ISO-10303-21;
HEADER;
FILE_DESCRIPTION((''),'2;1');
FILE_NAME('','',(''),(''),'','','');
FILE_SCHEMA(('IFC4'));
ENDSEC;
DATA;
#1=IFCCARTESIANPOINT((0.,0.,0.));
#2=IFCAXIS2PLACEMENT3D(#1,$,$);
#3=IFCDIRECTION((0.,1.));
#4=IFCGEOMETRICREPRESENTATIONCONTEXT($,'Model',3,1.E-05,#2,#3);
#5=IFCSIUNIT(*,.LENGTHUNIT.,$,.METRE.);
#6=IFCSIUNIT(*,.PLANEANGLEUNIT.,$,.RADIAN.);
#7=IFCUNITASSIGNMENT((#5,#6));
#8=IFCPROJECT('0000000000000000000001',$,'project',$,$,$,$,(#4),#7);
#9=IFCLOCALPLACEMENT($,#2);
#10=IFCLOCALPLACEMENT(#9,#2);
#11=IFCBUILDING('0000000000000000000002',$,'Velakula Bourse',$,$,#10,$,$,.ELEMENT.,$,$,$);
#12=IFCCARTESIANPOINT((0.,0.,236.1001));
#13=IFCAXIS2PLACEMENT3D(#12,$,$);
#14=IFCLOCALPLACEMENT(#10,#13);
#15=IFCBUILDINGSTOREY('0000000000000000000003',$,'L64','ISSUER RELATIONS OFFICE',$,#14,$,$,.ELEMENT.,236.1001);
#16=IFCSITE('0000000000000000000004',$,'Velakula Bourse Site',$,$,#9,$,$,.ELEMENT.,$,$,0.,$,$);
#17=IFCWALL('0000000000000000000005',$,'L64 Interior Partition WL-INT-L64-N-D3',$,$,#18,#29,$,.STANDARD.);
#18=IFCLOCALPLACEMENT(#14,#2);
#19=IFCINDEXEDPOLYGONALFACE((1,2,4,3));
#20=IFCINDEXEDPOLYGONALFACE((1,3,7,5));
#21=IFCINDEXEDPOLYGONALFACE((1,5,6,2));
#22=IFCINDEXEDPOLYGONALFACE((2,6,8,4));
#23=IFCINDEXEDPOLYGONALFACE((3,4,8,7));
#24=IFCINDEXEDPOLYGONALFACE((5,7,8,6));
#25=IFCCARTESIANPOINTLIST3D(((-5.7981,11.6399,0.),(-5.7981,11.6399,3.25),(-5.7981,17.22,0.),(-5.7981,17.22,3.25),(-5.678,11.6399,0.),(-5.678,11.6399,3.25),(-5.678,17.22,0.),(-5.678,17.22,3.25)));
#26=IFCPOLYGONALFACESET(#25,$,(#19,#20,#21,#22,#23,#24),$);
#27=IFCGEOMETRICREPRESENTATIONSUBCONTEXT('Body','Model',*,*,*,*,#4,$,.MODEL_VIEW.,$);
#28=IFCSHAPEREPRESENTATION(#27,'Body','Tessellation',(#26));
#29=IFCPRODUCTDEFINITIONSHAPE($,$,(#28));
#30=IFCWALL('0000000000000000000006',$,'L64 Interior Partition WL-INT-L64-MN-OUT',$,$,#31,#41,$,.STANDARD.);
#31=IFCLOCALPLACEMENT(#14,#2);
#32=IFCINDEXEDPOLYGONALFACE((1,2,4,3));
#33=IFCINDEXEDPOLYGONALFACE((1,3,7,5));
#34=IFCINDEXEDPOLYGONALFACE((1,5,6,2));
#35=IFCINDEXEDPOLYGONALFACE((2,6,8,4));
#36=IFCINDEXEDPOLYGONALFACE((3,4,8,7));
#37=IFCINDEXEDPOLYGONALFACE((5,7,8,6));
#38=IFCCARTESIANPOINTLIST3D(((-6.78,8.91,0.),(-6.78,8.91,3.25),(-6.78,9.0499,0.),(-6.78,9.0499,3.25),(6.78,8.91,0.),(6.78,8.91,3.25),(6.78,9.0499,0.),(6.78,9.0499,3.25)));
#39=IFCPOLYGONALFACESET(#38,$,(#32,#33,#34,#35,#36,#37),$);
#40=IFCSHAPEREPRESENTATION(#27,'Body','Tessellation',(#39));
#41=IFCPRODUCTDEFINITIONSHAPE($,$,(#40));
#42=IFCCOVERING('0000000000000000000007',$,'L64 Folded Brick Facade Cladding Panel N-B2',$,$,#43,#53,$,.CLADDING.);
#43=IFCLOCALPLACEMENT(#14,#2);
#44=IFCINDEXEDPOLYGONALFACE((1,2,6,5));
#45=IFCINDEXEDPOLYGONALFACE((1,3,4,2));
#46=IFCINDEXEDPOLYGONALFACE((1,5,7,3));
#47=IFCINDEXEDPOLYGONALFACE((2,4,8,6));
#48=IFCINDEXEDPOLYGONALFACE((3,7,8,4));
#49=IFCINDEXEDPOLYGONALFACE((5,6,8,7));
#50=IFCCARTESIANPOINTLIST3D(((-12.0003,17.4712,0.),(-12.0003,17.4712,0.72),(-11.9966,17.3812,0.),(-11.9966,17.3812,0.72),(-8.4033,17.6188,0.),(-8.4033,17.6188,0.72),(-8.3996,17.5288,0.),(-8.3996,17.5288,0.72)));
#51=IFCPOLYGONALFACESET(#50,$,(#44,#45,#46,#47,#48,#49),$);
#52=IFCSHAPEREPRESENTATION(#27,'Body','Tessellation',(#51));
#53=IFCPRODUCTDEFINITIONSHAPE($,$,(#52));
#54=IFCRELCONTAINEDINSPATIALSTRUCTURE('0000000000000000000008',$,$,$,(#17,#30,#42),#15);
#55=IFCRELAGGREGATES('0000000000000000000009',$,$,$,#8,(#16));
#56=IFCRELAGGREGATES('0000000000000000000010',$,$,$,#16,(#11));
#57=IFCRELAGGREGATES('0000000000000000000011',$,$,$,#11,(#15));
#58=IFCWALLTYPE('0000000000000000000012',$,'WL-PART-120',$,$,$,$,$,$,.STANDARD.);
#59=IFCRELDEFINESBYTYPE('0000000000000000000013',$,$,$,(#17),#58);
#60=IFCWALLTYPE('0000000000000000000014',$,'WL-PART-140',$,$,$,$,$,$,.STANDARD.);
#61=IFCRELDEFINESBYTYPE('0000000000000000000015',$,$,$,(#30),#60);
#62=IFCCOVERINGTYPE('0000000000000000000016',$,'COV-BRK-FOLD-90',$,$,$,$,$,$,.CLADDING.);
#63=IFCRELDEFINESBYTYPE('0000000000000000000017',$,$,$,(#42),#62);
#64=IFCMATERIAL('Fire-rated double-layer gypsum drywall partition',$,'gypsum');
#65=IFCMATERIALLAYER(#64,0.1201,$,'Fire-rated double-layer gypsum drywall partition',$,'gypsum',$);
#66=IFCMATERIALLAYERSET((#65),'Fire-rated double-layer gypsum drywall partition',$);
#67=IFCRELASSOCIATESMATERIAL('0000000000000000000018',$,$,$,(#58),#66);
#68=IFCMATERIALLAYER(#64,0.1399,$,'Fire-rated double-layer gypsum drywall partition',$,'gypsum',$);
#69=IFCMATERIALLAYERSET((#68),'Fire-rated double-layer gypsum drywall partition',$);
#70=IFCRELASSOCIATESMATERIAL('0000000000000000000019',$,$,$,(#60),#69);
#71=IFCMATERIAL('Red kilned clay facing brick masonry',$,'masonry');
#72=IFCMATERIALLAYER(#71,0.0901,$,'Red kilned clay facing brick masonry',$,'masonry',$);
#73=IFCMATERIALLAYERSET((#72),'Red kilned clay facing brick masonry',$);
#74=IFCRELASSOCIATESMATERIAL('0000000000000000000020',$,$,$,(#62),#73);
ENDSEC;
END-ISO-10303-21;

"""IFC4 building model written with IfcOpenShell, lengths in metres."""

from ifc_helpers import new_model, si_unit, direction, frame, frame_2d, origin, origin_2d, place, context, subcontext, project, spatial, rectangle, extrude, material, layer, layer_set, type_object, element, save


model = new_model("IFC4")

# Units and contexts
model_context = context("Model", 3, precision=1e-05, world=origin(), true_north=direction((0.0, 1.0)))
body_context = subcontext(model_context, "Body", "Model", "MODEL_VIEW")
ifc_project = project(units=[si_unit("LENGTHUNIT", "METRE"), si_unit("PLANEANGLEUNIT", "RADIAN")], contexts=[model_context])

# Site, building, storey
site_placement = place(None, origin())
site = spatial("IfcSite", under=ifc_project, at=site_placement, Name="Velakula Bourse Site", CompositionType="ELEMENT", RefElevation=0.0)
building_placement = place(site_placement, origin())
building = spatial("IfcBuilding", under=site, at=building_placement, Name="Velakula Bourse", CompositionType="ELEMENT")
storey_placement = place(building_placement, frame((0.0, 0.0, 236.1001)))
storey = spatial("IfcBuildingStorey", under=building, at=storey_placement, Name="L64", Description="ISSUER RELATIONS OFFICE", CompositionType="ELEMENT", Elevation=236.1001)

# Walls
ifc_material_1 = material(Name="Fire-rated double-layer gypsum drywall partition", Category="gypsum")
ifc_layer_1 = layer(ifc_material_1, 0.1201, Name="Fire-rated double-layer gypsum drywall partition", Category="gypsum")
ifc_layer_set_1 = layer_set([ifc_layer_1], Name="Fire-rated double-layer gypsum drywall partition")
wall_type_1 = type_object("IfcWallType", Name="WL-PART-120", PredefinedType="STANDARD", material=ifc_layer_set_1)
for number, where, z_axis, x_axis, name in (
    (1, (-5.738, 11.6399, 0.0), (0.0, 0.0, 1.0), (0.0, 1.0, 0.0), "L64 Interior Partition WL-INT-L64-N-D3"),
):
    element("IfcWall", number, at=place(storey_placement, frame(where, z_axis=z_axis, x_axis=x_axis)), inside=storey, type_object=wall_type_1, Name=name, PredefinedType="STANDARD", context=body_context, shape_type="SweptSolid", body=[
        extrude(rectangle(XDim=5.5801, YDim=0.1201, at=frame_2d((2.79, 0.0))), origin(), (0.0, 0.0, 1.0), 3.25),
    ])
ifc_layer_2 = layer(ifc_material_1, 0.1399, Name="Fire-rated double-layer gypsum drywall partition", Category="gypsum")
ifc_layer_set_2 = layer_set([ifc_layer_2], Name="Fire-rated double-layer gypsum drywall partition")
wall_type_2 = type_object("IfcWallType", Name="WL-PART-140", PredefinedType="STANDARD", material=ifc_layer_set_2)
wall_1_placement = place(storey_placement, frame((-6.78, 8.98, 0.0), z_axis=(0.0, 0.0, 1.0), x_axis=(1.0, 0.0, 0.0)))
element("IfcWall", 2, at=wall_1_placement, inside=storey, type_object=wall_type_2, Name="L64 Interior Partition WL-INT-L64-MN-OUT", PredefinedType="STANDARD", context=body_context, shape_type="SweptSolid", body=[
    extrude(rectangle(XDim=13.5601, YDim=0.1399, at=frame_2d((6.78, 0.0))), origin(), (0.0, 0.0, 1.0), 3.25),
])

# Covering
ifc_material_2 = material(Name="Red kilned clay facing brick masonry", Category="masonry")
ifc_layer_3 = layer(ifc_material_2, 0.0901, Name="Red kilned clay facing brick masonry", Category="masonry")
ifc_layer_set_3 = layer_set([ifc_layer_3], Name="Red kilned clay facing brick masonry")
covering_type = type_object("IfcCoveringType", Name="COV-BRK-FOLD-90", PredefinedType="CLADDING", material=ifc_layer_set_3)
covering_placement = place(storey_placement, frame((-10.2, 17.5, 0.0), z_axis=(0.0, 0.0, 1.0), x_axis=(0.999159, 0.041004, 0.0)))
element("IfcCovering", 3, at=covering_placement, inside=storey, type_object=covering_type, Name="L64 Folded Brick Facade Cladding Panel N-B2", PredefinedType="CLADDING", context=body_context, shape_type="SweptSolid", body=[
    extrude(rectangle(XDim=3.6001, YDim=0.0901, at=origin_2d()), origin(), (0.0, 0.0, 1.0), 0.72),
])

save(model, "model.ifc")
